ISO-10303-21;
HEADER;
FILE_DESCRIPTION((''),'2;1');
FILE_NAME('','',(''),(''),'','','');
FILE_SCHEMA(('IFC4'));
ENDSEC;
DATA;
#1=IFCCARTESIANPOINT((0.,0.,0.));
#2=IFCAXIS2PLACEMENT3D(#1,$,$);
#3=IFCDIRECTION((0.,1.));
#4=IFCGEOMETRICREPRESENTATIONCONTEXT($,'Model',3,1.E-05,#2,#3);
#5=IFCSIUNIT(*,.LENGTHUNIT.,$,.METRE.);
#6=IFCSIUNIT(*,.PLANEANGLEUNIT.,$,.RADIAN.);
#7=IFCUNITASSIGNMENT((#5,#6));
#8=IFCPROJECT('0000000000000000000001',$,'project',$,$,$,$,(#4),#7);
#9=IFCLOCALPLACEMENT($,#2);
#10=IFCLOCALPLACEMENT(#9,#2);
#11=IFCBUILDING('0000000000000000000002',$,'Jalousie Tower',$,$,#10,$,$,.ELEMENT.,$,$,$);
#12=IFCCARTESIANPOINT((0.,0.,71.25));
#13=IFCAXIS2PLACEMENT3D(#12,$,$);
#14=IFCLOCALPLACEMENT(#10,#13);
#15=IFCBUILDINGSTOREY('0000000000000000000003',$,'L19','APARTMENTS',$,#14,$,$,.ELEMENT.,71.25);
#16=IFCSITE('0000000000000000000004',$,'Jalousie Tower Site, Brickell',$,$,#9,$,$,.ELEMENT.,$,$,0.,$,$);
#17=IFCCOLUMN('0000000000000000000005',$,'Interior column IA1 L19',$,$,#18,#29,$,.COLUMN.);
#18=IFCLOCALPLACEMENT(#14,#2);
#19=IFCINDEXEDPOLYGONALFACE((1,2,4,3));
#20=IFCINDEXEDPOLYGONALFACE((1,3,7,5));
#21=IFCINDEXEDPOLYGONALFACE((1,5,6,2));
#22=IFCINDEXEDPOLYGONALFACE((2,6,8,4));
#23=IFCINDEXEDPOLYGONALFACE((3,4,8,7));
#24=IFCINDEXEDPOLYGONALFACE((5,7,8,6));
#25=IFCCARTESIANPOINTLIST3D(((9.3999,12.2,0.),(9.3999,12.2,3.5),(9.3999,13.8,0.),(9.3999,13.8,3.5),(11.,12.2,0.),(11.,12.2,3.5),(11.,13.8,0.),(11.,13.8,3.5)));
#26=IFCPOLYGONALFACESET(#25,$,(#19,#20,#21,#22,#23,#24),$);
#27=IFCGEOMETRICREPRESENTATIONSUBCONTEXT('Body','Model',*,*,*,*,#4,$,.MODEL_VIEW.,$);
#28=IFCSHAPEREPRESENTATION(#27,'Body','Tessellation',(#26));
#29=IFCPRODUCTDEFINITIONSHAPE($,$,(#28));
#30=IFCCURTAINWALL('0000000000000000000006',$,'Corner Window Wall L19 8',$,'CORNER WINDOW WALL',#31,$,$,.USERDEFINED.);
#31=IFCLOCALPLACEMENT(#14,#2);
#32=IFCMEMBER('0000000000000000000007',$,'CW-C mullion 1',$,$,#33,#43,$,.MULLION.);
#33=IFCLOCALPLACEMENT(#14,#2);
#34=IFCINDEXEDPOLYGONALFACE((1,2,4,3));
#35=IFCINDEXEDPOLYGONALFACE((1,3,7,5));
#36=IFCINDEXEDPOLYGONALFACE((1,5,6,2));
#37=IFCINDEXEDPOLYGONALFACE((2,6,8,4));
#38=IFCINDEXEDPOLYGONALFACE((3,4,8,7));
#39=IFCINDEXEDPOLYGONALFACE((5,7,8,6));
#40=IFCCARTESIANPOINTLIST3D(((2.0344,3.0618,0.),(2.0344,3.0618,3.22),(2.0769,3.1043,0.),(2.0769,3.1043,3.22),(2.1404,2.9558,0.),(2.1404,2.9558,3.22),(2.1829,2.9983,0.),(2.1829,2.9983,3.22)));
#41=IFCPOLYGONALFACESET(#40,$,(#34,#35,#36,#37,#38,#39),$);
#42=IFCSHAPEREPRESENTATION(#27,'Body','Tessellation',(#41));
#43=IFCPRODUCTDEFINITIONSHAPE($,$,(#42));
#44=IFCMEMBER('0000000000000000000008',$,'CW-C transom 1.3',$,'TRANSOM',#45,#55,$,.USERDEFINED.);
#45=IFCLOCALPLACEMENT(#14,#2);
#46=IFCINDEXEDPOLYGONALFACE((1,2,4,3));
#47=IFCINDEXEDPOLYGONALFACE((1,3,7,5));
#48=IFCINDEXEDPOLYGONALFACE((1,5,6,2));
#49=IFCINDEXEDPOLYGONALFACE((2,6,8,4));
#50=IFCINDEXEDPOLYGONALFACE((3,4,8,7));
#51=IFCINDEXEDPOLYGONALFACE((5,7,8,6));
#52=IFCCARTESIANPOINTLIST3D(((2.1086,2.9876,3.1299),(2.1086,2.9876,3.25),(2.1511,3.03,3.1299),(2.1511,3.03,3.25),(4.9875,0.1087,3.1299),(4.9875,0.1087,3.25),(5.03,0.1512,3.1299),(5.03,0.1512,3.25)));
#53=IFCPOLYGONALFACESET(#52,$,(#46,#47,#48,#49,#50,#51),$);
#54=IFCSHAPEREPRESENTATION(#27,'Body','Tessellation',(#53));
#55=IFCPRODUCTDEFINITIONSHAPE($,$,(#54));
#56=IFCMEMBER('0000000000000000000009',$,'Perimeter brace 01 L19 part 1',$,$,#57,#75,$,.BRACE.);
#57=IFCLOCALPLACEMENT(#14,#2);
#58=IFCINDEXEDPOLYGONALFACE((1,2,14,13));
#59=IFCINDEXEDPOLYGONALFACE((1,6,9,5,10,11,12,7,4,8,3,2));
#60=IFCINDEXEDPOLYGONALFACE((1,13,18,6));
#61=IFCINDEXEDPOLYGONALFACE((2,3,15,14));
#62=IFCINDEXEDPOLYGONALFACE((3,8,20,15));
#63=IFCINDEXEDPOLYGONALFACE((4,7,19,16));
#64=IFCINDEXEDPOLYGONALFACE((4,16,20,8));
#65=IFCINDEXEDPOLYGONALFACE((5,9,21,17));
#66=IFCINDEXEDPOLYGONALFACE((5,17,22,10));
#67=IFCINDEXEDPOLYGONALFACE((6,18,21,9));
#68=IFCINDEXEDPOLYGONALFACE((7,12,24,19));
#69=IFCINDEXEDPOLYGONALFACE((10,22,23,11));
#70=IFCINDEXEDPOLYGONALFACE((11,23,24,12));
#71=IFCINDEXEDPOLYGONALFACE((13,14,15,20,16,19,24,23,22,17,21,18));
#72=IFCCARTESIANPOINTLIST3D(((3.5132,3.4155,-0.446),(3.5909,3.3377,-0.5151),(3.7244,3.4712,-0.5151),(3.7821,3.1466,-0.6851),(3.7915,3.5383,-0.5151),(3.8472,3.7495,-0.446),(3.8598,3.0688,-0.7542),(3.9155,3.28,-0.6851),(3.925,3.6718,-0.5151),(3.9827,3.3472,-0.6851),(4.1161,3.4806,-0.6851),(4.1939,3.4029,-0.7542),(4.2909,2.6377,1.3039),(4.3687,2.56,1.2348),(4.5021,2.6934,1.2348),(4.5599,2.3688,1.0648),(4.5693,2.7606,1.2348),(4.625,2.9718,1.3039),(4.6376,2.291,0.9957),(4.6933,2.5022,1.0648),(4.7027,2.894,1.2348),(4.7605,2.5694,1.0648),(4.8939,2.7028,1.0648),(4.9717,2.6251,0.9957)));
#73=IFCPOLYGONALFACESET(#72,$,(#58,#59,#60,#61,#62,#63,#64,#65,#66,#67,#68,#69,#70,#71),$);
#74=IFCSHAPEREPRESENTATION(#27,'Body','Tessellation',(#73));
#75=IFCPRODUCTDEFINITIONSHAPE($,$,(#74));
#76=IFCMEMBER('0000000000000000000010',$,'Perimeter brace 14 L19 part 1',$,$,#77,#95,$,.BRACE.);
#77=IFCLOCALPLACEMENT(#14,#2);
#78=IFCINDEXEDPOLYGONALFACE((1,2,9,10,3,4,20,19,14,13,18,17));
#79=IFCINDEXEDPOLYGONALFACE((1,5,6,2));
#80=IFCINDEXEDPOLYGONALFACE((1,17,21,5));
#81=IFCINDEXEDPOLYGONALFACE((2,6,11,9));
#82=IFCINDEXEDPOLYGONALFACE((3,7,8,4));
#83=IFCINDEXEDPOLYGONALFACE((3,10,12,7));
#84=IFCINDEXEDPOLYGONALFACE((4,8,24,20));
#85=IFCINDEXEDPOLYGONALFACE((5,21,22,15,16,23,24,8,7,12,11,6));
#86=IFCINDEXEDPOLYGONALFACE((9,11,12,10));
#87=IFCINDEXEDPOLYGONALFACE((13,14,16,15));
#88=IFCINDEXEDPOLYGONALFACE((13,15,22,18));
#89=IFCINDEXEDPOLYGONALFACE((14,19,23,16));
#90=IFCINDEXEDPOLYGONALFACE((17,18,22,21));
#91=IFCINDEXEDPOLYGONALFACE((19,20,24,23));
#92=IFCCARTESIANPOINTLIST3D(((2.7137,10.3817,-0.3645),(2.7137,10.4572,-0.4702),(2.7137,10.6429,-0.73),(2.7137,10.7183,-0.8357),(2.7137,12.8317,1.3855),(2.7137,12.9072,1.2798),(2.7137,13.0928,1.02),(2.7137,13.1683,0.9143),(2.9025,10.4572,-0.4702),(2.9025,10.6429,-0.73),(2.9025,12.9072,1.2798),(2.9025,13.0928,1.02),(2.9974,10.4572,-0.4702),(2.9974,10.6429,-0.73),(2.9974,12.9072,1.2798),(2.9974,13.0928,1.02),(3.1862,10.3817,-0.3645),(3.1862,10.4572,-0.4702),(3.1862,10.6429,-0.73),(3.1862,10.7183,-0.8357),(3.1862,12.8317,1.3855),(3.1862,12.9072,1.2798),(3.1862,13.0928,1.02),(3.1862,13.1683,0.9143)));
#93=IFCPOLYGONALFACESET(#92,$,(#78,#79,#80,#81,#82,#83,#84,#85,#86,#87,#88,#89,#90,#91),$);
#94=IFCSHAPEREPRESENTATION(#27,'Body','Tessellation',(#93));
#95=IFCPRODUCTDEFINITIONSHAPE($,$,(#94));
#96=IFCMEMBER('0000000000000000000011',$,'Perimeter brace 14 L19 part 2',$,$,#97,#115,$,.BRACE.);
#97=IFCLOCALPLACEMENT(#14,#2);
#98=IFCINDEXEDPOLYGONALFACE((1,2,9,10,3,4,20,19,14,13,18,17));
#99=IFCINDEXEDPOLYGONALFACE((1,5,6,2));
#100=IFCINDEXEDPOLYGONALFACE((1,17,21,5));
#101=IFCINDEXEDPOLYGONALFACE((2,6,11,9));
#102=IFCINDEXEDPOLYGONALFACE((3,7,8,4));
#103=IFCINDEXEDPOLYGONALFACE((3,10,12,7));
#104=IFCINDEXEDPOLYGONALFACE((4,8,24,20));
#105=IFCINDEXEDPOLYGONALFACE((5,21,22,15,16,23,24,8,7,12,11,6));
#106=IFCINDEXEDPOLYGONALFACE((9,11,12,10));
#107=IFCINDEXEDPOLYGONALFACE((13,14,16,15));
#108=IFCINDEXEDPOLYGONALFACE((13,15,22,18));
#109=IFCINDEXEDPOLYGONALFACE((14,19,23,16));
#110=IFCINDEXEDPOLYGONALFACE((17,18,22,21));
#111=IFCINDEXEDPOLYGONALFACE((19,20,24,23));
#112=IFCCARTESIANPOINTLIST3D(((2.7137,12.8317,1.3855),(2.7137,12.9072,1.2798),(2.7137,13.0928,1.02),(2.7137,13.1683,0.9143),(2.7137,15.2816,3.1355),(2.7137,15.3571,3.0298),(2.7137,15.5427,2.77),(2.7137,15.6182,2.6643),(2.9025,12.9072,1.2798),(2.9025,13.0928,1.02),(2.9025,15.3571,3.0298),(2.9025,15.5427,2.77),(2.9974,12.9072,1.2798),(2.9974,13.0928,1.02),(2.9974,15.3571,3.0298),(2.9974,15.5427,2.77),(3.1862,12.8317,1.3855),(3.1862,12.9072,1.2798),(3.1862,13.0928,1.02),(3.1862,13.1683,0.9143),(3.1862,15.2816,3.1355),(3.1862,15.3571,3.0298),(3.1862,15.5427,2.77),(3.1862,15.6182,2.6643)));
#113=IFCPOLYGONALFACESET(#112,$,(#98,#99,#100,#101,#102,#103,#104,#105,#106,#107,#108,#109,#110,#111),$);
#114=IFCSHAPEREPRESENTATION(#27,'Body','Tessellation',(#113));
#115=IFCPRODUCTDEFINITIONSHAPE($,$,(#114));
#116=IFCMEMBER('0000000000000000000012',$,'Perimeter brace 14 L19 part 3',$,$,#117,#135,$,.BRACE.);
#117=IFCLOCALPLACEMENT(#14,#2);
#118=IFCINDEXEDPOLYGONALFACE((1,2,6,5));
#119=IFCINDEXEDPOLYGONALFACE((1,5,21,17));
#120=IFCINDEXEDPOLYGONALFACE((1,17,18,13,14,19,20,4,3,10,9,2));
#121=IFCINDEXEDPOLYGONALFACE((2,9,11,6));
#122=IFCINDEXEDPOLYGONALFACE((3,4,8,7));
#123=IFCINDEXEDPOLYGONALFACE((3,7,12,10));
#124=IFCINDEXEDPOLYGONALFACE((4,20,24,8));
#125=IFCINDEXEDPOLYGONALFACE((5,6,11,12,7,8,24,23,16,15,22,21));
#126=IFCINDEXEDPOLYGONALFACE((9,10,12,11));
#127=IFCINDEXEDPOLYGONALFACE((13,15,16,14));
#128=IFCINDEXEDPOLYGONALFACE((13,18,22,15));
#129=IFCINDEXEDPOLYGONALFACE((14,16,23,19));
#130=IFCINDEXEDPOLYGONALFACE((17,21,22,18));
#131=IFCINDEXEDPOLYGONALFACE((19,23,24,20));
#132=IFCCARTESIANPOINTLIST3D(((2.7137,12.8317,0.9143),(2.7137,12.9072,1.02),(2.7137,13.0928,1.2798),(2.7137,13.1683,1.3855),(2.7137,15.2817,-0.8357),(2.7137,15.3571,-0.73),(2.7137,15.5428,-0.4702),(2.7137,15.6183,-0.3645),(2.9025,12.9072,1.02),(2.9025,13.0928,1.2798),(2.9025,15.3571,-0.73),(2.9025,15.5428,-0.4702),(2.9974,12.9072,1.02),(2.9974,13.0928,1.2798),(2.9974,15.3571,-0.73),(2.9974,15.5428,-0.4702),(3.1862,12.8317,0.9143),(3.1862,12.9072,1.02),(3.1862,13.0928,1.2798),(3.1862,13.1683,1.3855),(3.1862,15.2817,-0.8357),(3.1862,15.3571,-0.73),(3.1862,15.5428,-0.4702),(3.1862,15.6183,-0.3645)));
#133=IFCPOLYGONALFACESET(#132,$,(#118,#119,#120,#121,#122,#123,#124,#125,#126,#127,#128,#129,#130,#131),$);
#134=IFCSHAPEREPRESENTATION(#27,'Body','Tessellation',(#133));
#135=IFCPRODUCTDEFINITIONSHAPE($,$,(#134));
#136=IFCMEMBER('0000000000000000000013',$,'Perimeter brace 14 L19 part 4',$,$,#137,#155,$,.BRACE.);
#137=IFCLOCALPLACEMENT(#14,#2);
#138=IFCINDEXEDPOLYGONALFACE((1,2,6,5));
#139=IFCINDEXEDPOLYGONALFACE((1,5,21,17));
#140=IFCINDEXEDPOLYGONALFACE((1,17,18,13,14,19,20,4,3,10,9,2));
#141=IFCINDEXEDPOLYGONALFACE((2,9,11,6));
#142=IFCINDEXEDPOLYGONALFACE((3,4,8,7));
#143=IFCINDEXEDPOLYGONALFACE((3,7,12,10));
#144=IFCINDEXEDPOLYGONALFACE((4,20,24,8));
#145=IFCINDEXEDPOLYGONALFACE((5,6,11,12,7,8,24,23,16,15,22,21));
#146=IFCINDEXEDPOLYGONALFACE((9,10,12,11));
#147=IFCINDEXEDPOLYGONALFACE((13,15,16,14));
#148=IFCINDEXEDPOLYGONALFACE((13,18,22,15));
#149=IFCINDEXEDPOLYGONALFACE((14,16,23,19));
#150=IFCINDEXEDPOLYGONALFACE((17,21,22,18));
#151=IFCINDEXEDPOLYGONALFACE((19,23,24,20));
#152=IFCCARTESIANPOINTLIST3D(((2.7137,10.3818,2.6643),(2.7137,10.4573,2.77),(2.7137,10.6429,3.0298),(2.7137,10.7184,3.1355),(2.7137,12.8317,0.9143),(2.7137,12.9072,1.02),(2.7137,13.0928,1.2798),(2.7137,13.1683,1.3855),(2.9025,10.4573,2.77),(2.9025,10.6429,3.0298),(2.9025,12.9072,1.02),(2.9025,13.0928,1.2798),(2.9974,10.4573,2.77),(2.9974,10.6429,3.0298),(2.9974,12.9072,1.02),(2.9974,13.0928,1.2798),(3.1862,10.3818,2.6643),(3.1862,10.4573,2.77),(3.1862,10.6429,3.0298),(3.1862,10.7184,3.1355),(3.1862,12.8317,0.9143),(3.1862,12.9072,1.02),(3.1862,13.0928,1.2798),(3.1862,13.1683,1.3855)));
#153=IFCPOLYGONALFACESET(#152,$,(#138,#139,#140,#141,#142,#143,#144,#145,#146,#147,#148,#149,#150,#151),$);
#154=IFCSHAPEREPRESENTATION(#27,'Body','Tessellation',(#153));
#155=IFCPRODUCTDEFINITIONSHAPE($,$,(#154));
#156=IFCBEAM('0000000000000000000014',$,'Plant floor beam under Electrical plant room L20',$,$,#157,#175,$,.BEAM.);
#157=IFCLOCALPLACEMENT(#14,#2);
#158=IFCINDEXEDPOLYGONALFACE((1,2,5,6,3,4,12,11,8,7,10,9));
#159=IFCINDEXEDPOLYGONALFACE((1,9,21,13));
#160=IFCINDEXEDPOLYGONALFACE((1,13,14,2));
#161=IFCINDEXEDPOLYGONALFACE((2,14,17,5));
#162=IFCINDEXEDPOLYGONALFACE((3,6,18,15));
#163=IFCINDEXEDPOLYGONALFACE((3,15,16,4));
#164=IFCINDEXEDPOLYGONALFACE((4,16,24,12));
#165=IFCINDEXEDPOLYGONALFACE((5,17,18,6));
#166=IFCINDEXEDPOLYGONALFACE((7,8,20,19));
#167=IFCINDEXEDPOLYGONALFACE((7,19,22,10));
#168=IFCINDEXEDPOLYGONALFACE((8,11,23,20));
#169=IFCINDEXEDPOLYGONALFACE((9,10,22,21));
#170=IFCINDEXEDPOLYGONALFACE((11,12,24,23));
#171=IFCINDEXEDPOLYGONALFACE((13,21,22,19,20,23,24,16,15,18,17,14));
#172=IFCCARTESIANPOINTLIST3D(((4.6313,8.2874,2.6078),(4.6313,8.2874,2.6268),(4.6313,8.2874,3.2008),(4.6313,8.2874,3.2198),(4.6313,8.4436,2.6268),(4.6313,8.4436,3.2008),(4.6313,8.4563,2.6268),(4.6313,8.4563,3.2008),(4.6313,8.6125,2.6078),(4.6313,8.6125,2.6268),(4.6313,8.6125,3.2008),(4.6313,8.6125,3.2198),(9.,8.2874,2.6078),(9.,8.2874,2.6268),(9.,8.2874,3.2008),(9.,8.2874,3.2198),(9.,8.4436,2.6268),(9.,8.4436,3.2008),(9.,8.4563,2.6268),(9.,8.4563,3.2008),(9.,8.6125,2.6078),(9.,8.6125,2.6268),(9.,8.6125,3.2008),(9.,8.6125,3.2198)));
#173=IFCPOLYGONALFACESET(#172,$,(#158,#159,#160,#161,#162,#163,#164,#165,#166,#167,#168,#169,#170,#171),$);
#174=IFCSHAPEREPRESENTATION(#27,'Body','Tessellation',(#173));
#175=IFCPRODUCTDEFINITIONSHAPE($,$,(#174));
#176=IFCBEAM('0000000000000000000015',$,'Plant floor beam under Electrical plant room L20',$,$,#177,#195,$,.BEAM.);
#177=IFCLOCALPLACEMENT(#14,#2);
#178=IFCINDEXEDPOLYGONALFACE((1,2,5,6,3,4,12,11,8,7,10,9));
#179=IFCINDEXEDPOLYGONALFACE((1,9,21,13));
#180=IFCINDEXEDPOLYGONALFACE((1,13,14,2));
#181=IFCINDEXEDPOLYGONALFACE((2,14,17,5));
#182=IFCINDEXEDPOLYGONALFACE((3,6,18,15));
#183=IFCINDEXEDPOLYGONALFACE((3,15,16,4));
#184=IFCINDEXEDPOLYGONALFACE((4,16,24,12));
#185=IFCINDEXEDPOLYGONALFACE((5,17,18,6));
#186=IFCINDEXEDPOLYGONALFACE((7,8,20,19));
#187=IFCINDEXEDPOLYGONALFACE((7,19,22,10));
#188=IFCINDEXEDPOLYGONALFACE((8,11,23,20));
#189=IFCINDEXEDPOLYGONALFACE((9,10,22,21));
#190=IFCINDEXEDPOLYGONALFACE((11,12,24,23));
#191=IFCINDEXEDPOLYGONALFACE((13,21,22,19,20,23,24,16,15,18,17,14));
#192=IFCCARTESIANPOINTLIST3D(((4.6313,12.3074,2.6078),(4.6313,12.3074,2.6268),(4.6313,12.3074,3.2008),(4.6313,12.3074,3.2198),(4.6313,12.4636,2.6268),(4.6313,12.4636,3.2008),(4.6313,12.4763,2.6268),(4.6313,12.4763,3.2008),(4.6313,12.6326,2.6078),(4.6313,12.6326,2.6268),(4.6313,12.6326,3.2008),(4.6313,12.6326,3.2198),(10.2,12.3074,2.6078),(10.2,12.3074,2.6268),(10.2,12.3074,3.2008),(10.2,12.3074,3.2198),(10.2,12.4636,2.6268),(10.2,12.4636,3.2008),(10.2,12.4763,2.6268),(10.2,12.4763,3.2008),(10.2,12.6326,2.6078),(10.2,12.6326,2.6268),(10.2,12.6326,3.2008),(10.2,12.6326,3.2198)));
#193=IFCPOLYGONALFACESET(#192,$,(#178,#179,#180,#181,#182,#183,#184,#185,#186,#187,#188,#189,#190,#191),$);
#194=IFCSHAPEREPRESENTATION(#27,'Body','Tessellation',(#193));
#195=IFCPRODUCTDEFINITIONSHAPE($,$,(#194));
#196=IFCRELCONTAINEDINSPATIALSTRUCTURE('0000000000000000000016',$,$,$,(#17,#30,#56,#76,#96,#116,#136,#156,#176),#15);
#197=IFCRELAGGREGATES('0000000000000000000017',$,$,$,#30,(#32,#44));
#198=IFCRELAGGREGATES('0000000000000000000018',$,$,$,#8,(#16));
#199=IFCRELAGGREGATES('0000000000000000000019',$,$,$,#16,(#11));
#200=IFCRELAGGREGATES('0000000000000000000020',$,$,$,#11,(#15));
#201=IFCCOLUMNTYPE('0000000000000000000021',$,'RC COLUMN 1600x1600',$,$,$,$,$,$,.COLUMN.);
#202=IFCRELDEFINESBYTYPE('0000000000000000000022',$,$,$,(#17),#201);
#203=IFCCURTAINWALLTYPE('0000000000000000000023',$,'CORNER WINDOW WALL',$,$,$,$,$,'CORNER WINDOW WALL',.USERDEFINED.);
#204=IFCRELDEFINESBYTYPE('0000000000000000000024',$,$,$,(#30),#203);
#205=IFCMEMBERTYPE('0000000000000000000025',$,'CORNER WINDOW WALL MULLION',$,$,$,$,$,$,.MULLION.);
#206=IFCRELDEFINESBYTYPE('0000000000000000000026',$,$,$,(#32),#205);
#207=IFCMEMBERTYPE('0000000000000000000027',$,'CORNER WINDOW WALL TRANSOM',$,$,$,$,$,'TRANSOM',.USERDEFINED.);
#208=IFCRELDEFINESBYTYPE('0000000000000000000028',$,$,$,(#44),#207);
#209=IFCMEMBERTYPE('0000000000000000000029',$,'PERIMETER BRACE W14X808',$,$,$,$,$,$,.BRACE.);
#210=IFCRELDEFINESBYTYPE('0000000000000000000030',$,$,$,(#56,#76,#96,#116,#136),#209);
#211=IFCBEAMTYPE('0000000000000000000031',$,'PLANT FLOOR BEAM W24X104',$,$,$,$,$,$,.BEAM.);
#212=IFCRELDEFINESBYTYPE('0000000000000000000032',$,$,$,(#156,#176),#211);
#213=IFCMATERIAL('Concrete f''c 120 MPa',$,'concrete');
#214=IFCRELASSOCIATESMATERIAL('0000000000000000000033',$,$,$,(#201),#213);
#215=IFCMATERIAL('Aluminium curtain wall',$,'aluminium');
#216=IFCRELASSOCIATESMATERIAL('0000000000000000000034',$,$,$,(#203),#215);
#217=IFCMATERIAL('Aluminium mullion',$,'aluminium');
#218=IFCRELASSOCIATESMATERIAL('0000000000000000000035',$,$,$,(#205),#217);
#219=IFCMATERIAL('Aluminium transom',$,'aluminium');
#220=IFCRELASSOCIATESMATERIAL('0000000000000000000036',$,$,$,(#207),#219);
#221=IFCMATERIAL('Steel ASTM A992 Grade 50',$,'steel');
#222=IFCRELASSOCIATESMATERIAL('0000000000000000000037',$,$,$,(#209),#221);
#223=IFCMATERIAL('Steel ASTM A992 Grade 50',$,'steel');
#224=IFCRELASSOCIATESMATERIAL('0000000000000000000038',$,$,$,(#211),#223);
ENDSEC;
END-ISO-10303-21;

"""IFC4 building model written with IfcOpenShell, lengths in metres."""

from ifc_helpers import new_model, si_unit, direction, frame, origin, origin_2d, place, context, subcontext, project, spatial, rectangle, i_section, extrude, material, material_profile, profile_set, type_object, element, aggregate, save


model = new_model("IFC4")

# Units and contexts
model_context = context("Model", 3, precision=1e-05, world=origin(), true_north=direction((0.0, 1.0)))
body_context = subcontext(model_context, "Body", "Model", "MODEL_VIEW")
ifc_project = project(units=[si_unit("LENGTHUNIT", "METRE"), si_unit("PLANEANGLEUNIT", "RADIAN")], contexts=[model_context])

# Site, building, storey
site_placement = place(None, origin())
site = spatial("IfcSite", under=ifc_project, at=site_placement, Name="Jalousie Tower Site, Brickell", CompositionType="ELEMENT", RefElevation=0.0)
building_placement = place(site_placement, origin())
building = spatial("IfcBuilding", under=site, at=building_placement, Name="Jalousie Tower", CompositionType="ELEMENT")
storey_placement = place(building_placement, frame((0.0, 0.0, 71.25)))
storey = spatial("IfcBuildingStorey", under=building, at=storey_placement, Name="L19", Description="APARTMENTS", CompositionType="ELEMENT", Elevation=71.25)

# Column
ifc_material_1 = material(Name="Concrete f'c 120 MPa", Category="concrete")
ifc_material_profile_1 = material_profile(ifc_material_1, rectangle(XDim=1.6001, YDim=1.6001, at=origin_2d()), Name="RC 1600x1600")
ifc_profile_set_1 = profile_set([ifc_material_profile_1], Name="Concrete f'c 120 MPa")
column_type = type_object("IfcColumnType", Name="RC COLUMN 1600x1600", PredefinedType="COLUMN", material=ifc_profile_set_1)
column_placement = place(storey_placement, frame((10.2, 13.0, 0.0), z_axis=(0.0, 0.0, 1.0), x_axis=(1.0, 0.0, 0.0)))
element("IfcColumn", 1, at=column_placement, inside=storey, type_object=column_type, Name="Interior column IA1 L19", PredefinedType="COLUMN", context=body_context, shape_type="SweptSolid", body=[
    extrude(rectangle(XDim=1.6001, YDim=1.6001, at=origin_2d()), origin(), (0.0, 0.0, 1.0), 3.5),
])

# Curtain wall, members
ifc_material_2 = material(Name="Aluminium curtain wall", Category="aluminium")
curtain_wall_type_1 = type_object("IfcCurtainWallType", Name="CORNER WINDOW WALL", ElementType="CORNER WINDOW WALL", PredefinedType="USERDEFINED", material=ifc_material_2)
curtain_wall_1_placement = place(storey_placement, origin())
curtain_wall_1 = element("IfcCurtainWall", 2, at=curtain_wall_1_placement, inside=storey, type_object=curtain_wall_type_1, Name="Corner Window Wall L19 8", ObjectType="CORNER WINDOW WALL", PredefinedType="USERDEFINED")
ifc_material_3 = material(Name="Aluminium mullion", Category="aluminium")
ifc_material_profile_2 = material_profile(ifc_material_3, rectangle(XDim=0.0601, YDim=0.1499, at=origin_2d()), Name="MULLION 60x150")
ifc_profile_set_2 = profile_set([ifc_material_profile_2], Name="Aluminium mullion")
member_type_1 = type_object("IfcMemberType", Name="CORNER WINDOW WALL MULLION", PredefinedType="MULLION", material=ifc_profile_set_2)
member_1_placement = place(storey_placement, frame((2.1086, 3.03, 0.0), z_axis=(0.0, 0.0, 1.0), x_axis=(0.707107, 0.707107, 0.0)))
member_1 = element("IfcMember", 3, at=member_1_placement, type_object=member_type_1, Name="CW-C mullion 1", PredefinedType="MULLION", context=body_context, shape_type="SweptSolid", body=[
    extrude(rectangle(XDim=0.0601, YDim=0.1499, at=origin_2d()), origin(), (0.0, 0.0, 1.0), 3.22),
])
ifc_material_4 = material(Name="Aluminium transom", Category="aluminium")
ifc_material_profile_3 = material_profile(ifc_material_4, rectangle(XDim=0.0601, YDim=0.1201, at=origin_2d()), Name="TRANSOM 60x120")
ifc_profile_set_3 = profile_set([ifc_material_profile_3], Name="Aluminium transom")
member_type_2 = type_object("IfcMemberType", Name="CORNER WINDOW WALL TRANSOM", ElementType="TRANSOM", PredefinedType="USERDEFINED", material=ifc_profile_set_3)
member_2_placement = place(storey_placement, frame((2.1299, 3.0088, 3.1899), z_axis=(0.707107, -0.707107, 0.0), x_axis=(0.707107, 0.707107, 0.0)))
member_2 = element("IfcMember", 4, at=member_2_placement, type_object=member_type_2, Name="CW-C transom 1.3", ObjectType="TRANSOM", PredefinedType="USERDEFINED", context=body_context, shape_type="SweptSolid", body=[
    extrude(rectangle(XDim=0.0601, YDim=0.1201, at=origin_2d()), origin(), (0.0, 0.0, 1.0), 4.0713),
])
aggregate(curtain_wall_1, [member_1, member_2])

# Members
ifc_material_5 = material(Name="Steel ASTM A992 Grade 50", Category="steel")
ifc_material_profile_4 = material_profile(ifc_material_5, i_section(OverallWidth=0.4724, OverallDepth=0.5791, WebThickness=0.095, FlangeThickness=0.1299, at=origin_2d()), Name="W14X808")
ifc_profile_set_4 = profile_set([ifc_material_profile_4], Name="Steel ASTM A992 Grade 50")
member_type_3 = type_object("IfcMemberType", Name="PERIMETER BRACE W14X808", PredefinedType="BRACE", material=ifc_profile_set_4)
member_3_placement = place(storey_placement, frame((3.8535, 3.4092, -0.6001), z_axis=(0.376307, -0.376307, 0.846632), x_axis=(0.707107, 0.707107, 0.0)))
element("IfcMember", 5, at=member_3_placement, inside=storey, type_object=member_type_3, Name="Perimeter brace 01 L19 part 1", PredefinedType="BRACE", context=body_context, shape_type="SweptSolid", body=[
    extrude(i_section(OverallWidth=0.4724, OverallDepth=0.5791, WebThickness=0.095, FlangeThickness=0.1299, at=origin_2d()), origin(), (0.0, 0.0, 1.0), 2.0669),
])
for number, where, z_axis, x_axis, name in (
    (6, (2.95, 10.55, -0.6001), (0.0, 0.813728, 0.581246), (-1.0, 0.0, 0.0), "Perimeter brace 14 L19 part 1"),
    (7, (2.95, 13.0, 1.1499), (0.0, 0.813728, 0.581246), (-1.0, 0.0, 0.0), "Perimeter brace 14 L19 part 2"),
    (8, (2.95, 15.45, -0.6001), (0.0, -0.813728, 0.581246), (1.0, 0.0, 0.0), "Perimeter brace 14 L19 part 3"),
    (9, (2.95, 13.0, 1.1499), (0.0, -0.813728, 0.581246), (1.0, 0.0, 0.0), "Perimeter brace 14 L19 part 4"),
):
    element("IfcMember", number, at=place(storey_placement, frame(where, z_axis=z_axis, x_axis=x_axis)), inside=storey, type_object=member_type_3, Name=name, PredefinedType="BRACE", context=body_context, shape_type="SweptSolid", body=[
        extrude(i_section(OverallWidth=0.4724, OverallDepth=0.5791, WebThickness=0.095, FlangeThickness=0.1299, at=origin_2d()), origin(), (0.0, 0.0, 1.0), 3.0107),
    ])

# Beams
ifc_material_6 = material(Name="Steel ASTM A992 Grade 50", Category="steel")
ifc_material_profile_5 = material_profile(ifc_material_6, i_section(OverallWidth=0.3252, OverallDepth=0.6121, WebThickness=0.0127, FlangeThickness=0.019, at=origin_2d()), Name="W24X104")
ifc_profile_set_5 = profile_set([ifc_material_profile_5], Name="Steel ASTM A992 Grade 50")
beam_type = type_object("IfcBeamType", Name="PLANT FLOOR BEAM W24X104", PredefinedType="BEAM", material=ifc_profile_set_5)
beam_1_placement = place(storey_placement, frame((4.6313, 8.45, 2.9138), z_axis=(1.0, 0.0, 0.0), x_axis=(0.0, 1.0, 0.0)))
element("IfcBeam", 10, at=beam_1_placement, inside=storey, type_object=beam_type, Name="Plant floor beam under Electrical plant room L20", PredefinedType="BEAM", context=body_context, shape_type="SweptSolid", body=[
    extrude(i_section(OverallWidth=0.3252, OverallDepth=0.6121, WebThickness=0.0127, FlangeThickness=0.019, at=origin_2d()), origin(), (0.0, 0.0, 1.0), 4.3687),
])
beam_2_placement = place(storey_placement, frame((4.6313, 12.47, 2.9138), z_axis=(1.0, 0.0, 0.0), x_axis=(0.0, 1.0, 0.0)))
element("IfcBeam", 11, at=beam_2_placement, inside=storey, type_object=beam_type, Name="Plant floor beam under Electrical plant room L20", PredefinedType="BEAM", context=body_context, shape_type="SweptSolid", body=[
    extrude(i_section(OverallWidth=0.3252, OverallDepth=0.6121, WebThickness=0.0127, FlangeThickness=0.019, at=origin_2d()), origin(), (0.0, 0.0, 1.0), 5.5686),
])

save(model, "model.ifc")
